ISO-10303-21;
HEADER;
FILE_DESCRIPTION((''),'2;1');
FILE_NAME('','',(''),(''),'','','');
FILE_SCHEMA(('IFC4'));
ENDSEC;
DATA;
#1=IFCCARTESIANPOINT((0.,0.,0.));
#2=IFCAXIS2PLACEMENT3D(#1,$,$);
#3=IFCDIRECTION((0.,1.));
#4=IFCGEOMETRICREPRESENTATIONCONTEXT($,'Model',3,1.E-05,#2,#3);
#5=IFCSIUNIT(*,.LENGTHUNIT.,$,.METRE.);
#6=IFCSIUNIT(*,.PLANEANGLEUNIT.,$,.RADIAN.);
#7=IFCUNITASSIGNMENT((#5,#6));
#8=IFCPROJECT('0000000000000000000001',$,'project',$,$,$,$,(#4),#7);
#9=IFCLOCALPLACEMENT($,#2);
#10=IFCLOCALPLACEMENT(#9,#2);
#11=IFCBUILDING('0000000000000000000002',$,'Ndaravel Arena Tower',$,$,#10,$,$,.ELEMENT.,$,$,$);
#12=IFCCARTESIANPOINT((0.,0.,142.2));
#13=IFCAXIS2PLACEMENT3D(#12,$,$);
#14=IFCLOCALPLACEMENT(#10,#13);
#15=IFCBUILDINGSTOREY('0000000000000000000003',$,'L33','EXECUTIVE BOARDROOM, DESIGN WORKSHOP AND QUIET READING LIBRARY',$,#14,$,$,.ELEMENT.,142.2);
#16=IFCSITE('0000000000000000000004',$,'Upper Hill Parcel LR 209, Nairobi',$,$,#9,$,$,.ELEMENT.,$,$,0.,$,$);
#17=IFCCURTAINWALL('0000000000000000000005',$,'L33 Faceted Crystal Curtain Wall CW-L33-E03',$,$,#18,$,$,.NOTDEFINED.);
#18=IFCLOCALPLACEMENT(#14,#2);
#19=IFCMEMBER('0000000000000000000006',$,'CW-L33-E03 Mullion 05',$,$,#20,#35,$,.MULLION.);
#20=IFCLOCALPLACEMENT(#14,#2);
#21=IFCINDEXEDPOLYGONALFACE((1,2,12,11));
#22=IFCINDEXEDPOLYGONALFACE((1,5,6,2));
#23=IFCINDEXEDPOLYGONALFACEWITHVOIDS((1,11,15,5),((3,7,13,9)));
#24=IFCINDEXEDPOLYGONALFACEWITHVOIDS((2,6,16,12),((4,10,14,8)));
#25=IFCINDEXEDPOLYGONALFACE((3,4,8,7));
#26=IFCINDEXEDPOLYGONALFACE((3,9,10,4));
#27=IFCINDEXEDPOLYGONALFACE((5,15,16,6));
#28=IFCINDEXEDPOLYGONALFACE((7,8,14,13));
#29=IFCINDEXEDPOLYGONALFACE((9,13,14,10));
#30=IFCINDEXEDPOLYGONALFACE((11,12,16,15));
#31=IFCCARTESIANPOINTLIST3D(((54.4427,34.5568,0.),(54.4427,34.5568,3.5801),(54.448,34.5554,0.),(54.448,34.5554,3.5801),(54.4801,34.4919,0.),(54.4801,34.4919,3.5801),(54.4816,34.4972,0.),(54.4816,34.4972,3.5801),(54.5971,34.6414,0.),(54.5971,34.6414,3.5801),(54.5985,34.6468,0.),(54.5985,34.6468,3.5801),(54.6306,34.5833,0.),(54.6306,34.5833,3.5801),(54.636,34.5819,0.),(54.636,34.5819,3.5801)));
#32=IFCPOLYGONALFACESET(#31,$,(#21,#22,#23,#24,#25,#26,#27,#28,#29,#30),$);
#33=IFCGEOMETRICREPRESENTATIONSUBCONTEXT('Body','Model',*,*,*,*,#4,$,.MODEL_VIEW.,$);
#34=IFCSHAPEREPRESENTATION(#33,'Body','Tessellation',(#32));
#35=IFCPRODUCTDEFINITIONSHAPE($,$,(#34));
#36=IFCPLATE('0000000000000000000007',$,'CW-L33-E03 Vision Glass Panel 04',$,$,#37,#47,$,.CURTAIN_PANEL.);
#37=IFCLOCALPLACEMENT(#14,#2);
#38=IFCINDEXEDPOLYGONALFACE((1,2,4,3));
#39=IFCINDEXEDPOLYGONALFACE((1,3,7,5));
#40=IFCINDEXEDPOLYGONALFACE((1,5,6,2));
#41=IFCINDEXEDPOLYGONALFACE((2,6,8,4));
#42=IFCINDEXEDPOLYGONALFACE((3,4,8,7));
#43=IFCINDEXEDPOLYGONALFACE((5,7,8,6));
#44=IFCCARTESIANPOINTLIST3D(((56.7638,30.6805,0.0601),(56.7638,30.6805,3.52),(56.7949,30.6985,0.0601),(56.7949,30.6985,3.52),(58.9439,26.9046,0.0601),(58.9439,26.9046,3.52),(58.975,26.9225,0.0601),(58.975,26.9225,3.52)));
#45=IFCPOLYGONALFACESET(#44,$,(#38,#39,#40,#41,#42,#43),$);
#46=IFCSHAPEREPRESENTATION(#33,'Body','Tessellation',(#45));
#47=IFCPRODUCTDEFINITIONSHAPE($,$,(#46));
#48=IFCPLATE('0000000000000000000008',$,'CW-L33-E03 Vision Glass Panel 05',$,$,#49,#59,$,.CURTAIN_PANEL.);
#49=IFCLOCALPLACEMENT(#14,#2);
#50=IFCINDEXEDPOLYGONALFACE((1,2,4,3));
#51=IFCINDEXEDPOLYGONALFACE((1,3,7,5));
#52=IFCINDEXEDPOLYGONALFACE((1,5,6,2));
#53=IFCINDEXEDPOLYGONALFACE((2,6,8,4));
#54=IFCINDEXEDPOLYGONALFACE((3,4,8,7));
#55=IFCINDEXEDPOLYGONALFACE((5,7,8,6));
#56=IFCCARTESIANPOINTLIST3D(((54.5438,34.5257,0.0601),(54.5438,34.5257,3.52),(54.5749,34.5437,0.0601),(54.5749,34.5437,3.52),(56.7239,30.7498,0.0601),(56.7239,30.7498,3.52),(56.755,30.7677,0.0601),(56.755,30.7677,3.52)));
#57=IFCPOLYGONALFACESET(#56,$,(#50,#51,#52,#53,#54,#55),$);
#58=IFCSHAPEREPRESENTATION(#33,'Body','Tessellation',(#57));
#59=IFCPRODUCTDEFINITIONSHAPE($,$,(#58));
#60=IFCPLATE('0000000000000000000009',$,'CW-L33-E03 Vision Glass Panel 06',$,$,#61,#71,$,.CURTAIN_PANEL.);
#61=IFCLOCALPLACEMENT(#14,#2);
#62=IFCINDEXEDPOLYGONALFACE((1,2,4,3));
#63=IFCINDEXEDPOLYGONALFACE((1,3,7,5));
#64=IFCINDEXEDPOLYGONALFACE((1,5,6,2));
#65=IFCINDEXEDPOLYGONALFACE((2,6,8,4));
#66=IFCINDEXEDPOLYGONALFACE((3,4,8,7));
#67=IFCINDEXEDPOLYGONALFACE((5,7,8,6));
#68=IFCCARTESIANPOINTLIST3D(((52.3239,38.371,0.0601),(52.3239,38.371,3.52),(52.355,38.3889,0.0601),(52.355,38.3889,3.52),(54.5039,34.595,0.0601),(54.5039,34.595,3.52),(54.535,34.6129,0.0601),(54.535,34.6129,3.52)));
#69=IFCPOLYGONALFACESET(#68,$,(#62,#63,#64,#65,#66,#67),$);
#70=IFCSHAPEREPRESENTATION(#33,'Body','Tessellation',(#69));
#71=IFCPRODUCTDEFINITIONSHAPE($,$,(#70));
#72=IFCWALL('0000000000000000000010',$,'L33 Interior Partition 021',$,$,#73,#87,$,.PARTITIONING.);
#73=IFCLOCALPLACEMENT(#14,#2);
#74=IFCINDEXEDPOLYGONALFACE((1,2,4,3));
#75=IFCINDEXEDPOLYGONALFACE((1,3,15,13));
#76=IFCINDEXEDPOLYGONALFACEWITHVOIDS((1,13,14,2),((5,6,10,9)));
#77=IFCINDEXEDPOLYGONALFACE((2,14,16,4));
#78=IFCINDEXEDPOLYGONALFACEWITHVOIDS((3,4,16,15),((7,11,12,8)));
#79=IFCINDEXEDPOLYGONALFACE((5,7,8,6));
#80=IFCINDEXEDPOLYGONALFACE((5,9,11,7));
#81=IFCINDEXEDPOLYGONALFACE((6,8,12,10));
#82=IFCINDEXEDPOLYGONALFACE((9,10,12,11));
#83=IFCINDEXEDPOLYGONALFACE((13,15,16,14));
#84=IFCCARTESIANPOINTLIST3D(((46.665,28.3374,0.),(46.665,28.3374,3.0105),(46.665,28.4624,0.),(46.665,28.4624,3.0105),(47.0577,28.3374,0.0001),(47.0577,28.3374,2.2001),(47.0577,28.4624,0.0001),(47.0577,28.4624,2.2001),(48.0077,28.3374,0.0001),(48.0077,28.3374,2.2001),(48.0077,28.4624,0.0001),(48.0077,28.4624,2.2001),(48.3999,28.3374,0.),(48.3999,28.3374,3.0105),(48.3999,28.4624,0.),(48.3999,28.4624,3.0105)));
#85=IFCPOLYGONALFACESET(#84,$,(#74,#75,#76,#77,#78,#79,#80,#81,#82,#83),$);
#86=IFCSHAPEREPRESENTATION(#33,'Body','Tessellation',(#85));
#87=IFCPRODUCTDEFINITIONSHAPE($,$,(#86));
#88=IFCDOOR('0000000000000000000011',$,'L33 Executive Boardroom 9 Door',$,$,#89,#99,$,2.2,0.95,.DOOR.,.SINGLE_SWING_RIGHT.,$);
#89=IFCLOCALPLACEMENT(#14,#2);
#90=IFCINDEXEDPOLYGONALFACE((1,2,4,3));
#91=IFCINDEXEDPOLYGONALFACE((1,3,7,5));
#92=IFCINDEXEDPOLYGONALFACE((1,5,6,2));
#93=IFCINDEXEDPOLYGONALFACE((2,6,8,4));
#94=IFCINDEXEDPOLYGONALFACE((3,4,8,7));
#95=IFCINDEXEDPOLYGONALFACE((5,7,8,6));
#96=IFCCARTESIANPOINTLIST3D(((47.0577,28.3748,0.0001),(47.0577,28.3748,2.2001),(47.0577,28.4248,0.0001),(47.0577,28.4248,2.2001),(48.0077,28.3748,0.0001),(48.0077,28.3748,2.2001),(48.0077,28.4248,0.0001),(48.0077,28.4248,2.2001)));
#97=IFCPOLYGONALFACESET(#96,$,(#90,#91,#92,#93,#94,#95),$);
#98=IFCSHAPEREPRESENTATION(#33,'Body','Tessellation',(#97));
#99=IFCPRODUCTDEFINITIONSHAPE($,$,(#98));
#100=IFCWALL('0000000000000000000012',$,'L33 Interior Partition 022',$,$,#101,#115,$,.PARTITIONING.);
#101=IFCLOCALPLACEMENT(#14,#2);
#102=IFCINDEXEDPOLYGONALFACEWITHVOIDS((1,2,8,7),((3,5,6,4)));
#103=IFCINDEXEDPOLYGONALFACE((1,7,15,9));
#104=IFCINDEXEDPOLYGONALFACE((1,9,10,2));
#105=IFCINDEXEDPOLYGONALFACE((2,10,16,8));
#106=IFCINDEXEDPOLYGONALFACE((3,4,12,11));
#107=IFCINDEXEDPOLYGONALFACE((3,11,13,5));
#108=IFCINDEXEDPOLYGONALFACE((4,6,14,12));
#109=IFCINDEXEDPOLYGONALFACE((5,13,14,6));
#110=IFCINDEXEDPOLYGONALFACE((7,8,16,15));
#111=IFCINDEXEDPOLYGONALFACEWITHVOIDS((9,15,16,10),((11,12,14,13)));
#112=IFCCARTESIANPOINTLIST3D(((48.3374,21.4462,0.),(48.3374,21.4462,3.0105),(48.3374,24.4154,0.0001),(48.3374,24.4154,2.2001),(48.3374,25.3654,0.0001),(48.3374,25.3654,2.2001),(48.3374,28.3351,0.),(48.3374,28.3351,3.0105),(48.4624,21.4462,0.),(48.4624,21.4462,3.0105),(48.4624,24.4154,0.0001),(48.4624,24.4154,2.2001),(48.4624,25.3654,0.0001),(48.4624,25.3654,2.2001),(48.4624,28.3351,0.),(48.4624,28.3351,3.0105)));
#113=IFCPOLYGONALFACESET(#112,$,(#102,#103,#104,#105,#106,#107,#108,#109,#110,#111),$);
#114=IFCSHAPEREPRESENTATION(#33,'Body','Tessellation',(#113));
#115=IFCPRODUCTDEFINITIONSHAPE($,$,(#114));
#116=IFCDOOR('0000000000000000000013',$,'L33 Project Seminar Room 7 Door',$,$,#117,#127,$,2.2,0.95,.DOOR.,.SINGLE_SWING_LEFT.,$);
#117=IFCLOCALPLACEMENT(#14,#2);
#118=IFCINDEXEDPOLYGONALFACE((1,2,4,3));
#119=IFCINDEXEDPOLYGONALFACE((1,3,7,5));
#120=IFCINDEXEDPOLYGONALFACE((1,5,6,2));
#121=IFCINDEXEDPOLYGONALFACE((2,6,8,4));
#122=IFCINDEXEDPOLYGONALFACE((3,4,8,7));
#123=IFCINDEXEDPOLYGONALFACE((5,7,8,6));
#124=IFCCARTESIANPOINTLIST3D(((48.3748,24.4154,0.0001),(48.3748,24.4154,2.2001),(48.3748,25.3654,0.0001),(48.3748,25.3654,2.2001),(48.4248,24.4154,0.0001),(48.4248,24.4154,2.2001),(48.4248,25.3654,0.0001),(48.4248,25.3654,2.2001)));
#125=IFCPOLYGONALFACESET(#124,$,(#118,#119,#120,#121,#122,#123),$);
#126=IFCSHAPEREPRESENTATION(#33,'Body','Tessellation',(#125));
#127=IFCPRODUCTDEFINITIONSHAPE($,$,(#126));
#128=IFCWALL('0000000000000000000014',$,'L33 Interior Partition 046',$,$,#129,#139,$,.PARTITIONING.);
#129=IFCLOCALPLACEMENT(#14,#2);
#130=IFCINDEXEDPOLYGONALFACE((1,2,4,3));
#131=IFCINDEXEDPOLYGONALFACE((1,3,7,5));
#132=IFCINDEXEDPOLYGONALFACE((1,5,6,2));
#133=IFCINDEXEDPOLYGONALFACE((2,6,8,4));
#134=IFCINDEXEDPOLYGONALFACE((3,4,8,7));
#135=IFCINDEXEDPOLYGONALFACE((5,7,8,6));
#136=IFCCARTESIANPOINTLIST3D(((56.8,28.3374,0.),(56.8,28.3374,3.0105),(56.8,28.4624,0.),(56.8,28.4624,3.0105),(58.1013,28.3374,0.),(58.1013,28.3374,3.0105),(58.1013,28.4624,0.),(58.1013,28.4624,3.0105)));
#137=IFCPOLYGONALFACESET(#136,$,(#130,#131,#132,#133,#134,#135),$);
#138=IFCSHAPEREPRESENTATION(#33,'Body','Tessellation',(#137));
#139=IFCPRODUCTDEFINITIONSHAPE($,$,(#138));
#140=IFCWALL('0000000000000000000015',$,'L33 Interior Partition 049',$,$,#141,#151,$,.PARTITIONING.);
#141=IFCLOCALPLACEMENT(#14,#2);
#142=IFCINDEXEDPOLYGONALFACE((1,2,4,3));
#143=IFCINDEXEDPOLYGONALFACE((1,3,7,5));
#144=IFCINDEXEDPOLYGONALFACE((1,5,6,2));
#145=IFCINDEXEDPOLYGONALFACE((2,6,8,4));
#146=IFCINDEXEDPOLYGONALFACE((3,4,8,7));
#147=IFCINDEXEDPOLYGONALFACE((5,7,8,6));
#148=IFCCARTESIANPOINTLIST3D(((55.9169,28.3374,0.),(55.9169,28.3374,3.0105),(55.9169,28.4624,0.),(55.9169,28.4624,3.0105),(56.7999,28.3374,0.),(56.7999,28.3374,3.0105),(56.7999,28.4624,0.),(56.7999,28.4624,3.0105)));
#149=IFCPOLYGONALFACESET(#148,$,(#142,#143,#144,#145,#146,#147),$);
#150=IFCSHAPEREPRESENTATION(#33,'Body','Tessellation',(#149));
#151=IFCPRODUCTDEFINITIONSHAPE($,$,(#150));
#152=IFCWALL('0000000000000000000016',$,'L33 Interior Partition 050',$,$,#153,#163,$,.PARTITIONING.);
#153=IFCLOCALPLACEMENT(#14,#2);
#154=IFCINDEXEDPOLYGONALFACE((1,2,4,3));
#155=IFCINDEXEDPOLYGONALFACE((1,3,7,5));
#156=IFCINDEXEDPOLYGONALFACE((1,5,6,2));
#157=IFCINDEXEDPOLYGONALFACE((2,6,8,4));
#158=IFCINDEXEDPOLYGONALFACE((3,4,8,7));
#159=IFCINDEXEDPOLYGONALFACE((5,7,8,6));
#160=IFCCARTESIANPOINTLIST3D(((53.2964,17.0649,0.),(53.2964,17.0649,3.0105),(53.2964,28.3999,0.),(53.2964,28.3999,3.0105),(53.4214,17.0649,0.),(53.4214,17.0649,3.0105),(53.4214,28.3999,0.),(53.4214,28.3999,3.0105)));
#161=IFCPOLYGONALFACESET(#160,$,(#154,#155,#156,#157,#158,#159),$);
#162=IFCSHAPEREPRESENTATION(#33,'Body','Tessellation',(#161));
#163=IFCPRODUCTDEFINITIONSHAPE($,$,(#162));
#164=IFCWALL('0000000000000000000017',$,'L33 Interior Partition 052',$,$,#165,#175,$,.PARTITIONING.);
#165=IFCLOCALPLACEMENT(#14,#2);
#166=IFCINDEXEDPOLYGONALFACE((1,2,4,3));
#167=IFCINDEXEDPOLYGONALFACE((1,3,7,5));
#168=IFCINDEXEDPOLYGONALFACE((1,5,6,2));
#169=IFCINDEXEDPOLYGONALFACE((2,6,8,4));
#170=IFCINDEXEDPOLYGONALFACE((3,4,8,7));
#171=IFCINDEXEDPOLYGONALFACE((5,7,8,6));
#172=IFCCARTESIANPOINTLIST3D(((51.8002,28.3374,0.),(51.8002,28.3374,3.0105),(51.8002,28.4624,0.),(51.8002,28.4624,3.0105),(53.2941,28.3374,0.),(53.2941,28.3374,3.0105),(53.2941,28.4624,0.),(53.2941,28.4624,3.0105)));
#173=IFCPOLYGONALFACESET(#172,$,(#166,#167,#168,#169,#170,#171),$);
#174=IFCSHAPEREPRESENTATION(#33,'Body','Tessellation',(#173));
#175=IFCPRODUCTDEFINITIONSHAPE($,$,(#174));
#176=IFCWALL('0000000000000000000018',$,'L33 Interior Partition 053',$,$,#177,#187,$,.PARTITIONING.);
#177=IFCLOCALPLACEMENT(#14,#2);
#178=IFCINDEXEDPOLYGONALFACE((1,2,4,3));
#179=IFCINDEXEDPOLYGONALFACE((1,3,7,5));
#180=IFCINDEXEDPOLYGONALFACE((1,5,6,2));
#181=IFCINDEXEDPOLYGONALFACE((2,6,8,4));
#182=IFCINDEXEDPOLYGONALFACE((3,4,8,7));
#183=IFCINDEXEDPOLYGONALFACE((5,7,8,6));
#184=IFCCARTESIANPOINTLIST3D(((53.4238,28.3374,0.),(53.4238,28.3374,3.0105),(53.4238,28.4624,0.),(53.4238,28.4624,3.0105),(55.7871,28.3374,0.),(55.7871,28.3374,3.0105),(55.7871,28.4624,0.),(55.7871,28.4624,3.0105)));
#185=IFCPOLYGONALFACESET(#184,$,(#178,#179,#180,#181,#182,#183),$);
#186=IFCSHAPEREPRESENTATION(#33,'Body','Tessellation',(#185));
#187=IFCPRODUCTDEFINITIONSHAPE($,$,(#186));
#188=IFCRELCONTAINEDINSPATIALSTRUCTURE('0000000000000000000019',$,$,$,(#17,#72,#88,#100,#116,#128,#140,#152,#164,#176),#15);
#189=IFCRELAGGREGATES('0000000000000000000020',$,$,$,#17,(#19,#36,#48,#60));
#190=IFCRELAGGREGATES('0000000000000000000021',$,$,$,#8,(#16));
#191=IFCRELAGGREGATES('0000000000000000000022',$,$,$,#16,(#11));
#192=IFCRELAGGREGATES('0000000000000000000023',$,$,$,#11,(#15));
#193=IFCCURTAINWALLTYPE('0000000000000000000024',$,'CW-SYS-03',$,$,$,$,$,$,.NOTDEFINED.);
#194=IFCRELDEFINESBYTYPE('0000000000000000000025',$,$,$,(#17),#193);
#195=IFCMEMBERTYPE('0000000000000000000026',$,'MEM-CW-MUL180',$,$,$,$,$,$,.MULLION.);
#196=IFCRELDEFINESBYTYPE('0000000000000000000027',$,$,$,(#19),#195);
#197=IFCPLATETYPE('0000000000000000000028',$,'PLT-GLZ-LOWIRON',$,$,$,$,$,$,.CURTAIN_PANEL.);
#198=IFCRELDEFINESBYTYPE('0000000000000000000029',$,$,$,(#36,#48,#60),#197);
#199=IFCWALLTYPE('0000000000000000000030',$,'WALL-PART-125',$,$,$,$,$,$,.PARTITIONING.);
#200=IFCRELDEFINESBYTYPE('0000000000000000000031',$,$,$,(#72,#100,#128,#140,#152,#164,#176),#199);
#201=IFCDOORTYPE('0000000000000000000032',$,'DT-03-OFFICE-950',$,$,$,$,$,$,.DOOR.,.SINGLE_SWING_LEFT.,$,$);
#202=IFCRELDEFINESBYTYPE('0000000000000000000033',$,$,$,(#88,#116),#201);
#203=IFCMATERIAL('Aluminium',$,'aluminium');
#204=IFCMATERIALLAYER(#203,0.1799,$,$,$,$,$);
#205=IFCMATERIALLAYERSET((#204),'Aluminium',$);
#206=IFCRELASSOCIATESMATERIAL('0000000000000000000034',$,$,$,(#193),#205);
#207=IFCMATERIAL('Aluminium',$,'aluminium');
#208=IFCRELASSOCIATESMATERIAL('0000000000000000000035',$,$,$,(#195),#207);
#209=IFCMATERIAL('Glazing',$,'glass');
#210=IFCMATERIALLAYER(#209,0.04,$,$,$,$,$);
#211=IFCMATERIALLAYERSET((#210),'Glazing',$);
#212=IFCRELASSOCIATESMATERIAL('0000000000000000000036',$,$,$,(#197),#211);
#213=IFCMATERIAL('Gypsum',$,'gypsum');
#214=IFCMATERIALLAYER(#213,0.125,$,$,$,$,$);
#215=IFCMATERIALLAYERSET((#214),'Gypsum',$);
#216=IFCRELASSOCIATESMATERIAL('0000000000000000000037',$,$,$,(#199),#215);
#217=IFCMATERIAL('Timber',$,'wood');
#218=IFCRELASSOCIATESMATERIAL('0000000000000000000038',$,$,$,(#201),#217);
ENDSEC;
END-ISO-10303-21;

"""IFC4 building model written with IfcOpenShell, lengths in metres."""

from ifc_helpers import new_model, si_unit, direction, frame, frame_2d, origin, origin_2d, place, context, subcontext, project, spatial, rectangle, hollow_rectangle, extrude, material, layer, layer_set, material_profile, profile_set, type_object, element, fill, aggregate, save


model = new_model("IFC4")

# Units and contexts
model_context = context("Model", 3, precision=1e-05, world=origin(), true_north=direction((0.0, 1.0)))
body_context = subcontext(model_context, "Body", "Model", "MODEL_VIEW")
ifc_project = project(units=[si_unit("LENGTHUNIT", "METRE"), si_unit("PLANEANGLEUNIT", "RADIAN")], contexts=[model_context])

# Site, building, storey
site_placement = place(None, origin())
site = spatial("IfcSite", under=ifc_project, at=site_placement, Name="Upper Hill Parcel LR 209, Nairobi", CompositionType="ELEMENT", RefElevation=0.0)
building_placement = place(site_placement, origin())
building = spatial("IfcBuilding", under=site, at=building_placement, Name="Ndaravel Arena Tower", CompositionType="ELEMENT")
storey_placement = place(building_placement, frame((0.0, 0.0, 142.2)))
storey = spatial("IfcBuildingStorey", under=building, at=storey_placement, Name="L33", Description="EXECUTIVE BOARDROOM, DESIGN WORKSHOP AND QUIET READING LIBRARY", CompositionType="ELEMENT", Elevation=142.2)

# Curtain wall, member, plates
ifc_material_1 = material(Name="Aluminium", Category="aluminium")
ifc_layer_1 = layer(ifc_material_1, 0.1799)
ifc_layer_set_1 = layer_set([ifc_layer_1], Name="Aluminium")
curtain_wall_type = type_object("IfcCurtainWallType", Name="CW-SYS-03", PredefinedType="NOTDEFINED", material=ifc_layer_set_1)
curtain_wall_placement = place(storey_placement, origin())
curtain_wall = element("IfcCurtainWall", 1, at=curtain_wall_placement, inside=storey, type_object=curtain_wall_type, Name="L33 Faceted Crystal Curtain Wall CW-L33-E03", PredefinedType="NOTDEFINED")
ifc_material_2 = material(Name="Aluminium", Category="aluminium")
ifc_material_profile_1 = material_profile(ifc_material_2, hollow_rectangle(XDim=0.075, YDim=0.1799, WallThickness=0.0039, at=origin_2d()), Name="CW MULLION 75x180x4")
ifc_profile_set_1 = profile_set([ifc_material_profile_1], Name="Aluminium")
member_type = type_object("IfcMemberType", Name="MEM-CW-MUL180", PredefinedType="MULLION", material=ifc_profile_set_1)
member_1_placement = place(storey_placement, frame((54.5393, 34.5693, 0.0), z_axis=(0.0, 0.0, 1.0), x_axis=(-0.5, 0.866025, 0.0)))
member_1 = element("IfcMember", 2, at=member_1_placement, type_object=member_type, Name="CW-L33-E03 Mullion 05", PredefinedType="MULLION", context=body_context, shape_type="SweptSolid", body=[
    extrude(hollow_rectangle(XDim=0.075, YDim=0.1799, WallThickness=0.0039, at=origin_2d()), origin(), (0.0, 0.0, 1.0), 3.5801),
])
ifc_material_3 = material(Name="Glazing", Category="glass")
ifc_layer_2 = layer(ifc_material_3, 0.04)
ifc_layer_set_2 = layer_set([ifc_layer_2], Name="Glazing")
plate_type = type_object("IfcPlateType", Name="PLT-GLZ-LOWIRON", PredefinedType="CURTAIN_PANEL", material=ifc_layer_set_2)
plate_1_placement = place(storey_placement, frame((57.8694, 28.8015, 0.0601), z_axis=(0.0, 0.0, 1.0), x_axis=(-0.5, 0.866025, 0.0)))
plate_1 = element("IfcPlate", 3, at=plate_1_placement, type_object=plate_type, Name="CW-L33-E03 Vision Glass Panel 04", PredefinedType="CURTAIN_PANEL", context=body_context, shape_type="SweptSolid", body=[
    extrude(rectangle(XDim=4.3601, YDim=0.0359, at=origin_2d()), origin(), (0.0, 0.0, 1.0), 3.46),
])
plate_2_placement = place(storey_placement, frame((55.6494, 32.6467, 0.0601), z_axis=(0.0, 0.0, 1.0), x_axis=(-0.5, 0.866025, 0.0)))
plate_2 = element("IfcPlate", 4, at=plate_2_placement, type_object=plate_type, Name="CW-L33-E03 Vision Glass Panel 05", PredefinedType="CURTAIN_PANEL", context=body_context, shape_type="SweptSolid", body=[
    extrude(rectangle(XDim=4.3601, YDim=0.0359, at=origin_2d()), origin(), (0.0, 0.0, 1.0), 3.46),
])
plate_3_placement = place(storey_placement, frame((53.4294, 36.4919, 0.0601), z_axis=(0.0, 0.0, 1.0), x_axis=(-0.5, 0.866025, 0.0)))
plate_3 = element("IfcPlate", 5, at=plate_3_placement, type_object=plate_type, Name="CW-L33-E03 Vision Glass Panel 06", PredefinedType="CURTAIN_PANEL", context=body_context, shape_type="SweptSolid", body=[
    extrude(rectangle(XDim=4.3601, YDim=0.0359, at=origin_2d()), origin(), (0.0, 0.0, 1.0), 3.46),
])
aggregate(curtain_wall, [member_1, plate_1, plate_2, plate_3])

# Walls, openings, doors
ifc_material_4 = material(Name="Gypsum", Category="gypsum")
ifc_layer_3 = layer(ifc_material_4, 0.125)
ifc_layer_set_3 = layer_set([ifc_layer_3], Name="Gypsum")
wall_type_1 = type_object("IfcWallType", Name="WALL-PART-125", PredefinedType="PARTITIONING", material=ifc_layer_set_3)
wall_1_placement = place(storey_placement, frame((46.665, 28.3999, 0.0), z_axis=(0.0, 0.0, 1.0), x_axis=(1.0, 0.0, 0.0)))
wall_1 = element("IfcWall", 6, at=wall_1_placement, inside=storey, type_object=wall_type_1, Name="L33 Interior Partition 021", PredefinedType="PARTITIONING", context=body_context, shape_type="SweptSolid", body=[
    extrude(rectangle(XDim=1.7349, YDim=0.125, at=frame_2d((0.8674, 0.0))), origin(), (0.0, 0.0, 1.0), 3.0105),
])
opening_1_placement = place(wall_1_placement, frame((0.3926, 0.0, 0.0)))
opening_1 = element("IfcOpeningElement", 7, at=opening_1_placement, cuts=wall_1, PredefinedType="OPENING", context=body_context, shape_type="SweptSolid", body=[
    extrude(rectangle(XDim=0.95, YDim=2.2, at=frame_2d((0.4751, 1.1001))), frame((0.0, 0.0625, 0.0), z_axis=(0.0, -1.0, 0.0), x_axis=(1.0, 0.0, 0.0)), (0.0, 0.0, 1.0), 0.125),
])
ifc_material_5 = material(Name="Timber", Category="wood")
door_type = type_object("IfcDoorType", Name="DT-03-OFFICE-950", OperationType="SINGLE_SWING_LEFT", PredefinedType="DOOR", material=ifc_material_5)
door_1_placement = place(opening_1_placement, origin())
door_1 = element("IfcDoor", 8, at=door_1_placement, inside=storey, type_object=door_type, Name="L33 Executive Boardroom 9 Door", OperationType="SINGLE_SWING_RIGHT", OverallHeight=2.2, OverallWidth=0.95, PredefinedType="DOOR", context=body_context, shape_type="SweptSolid", body=[
    extrude(rectangle(XDim=0.95, YDim=2.2, at=frame_2d((0.4751, 1.1001))), frame((0.0, 0.0249, 0.0), z_axis=(0.0, -1.0, 0.0), x_axis=(1.0, 0.0, 0.0)), (0.0, 0.0, 1.0), 0.05),
])
fill(opening_1, door_1)
wall_2_placement = place(storey_placement, frame((48.3999, 28.335, 0.0), z_axis=(0.0, 0.0, 1.0), x_axis=(0.0, -1.0, 0.0)))
wall_2 = element("IfcWall", 9, at=wall_2_placement, inside=storey, type_object=wall_type_1, Name="L33 Interior Partition 022", PredefinedType="PARTITIONING", context=body_context, shape_type="SweptSolid", body=[
    extrude(rectangle(XDim=6.8889, YDim=0.125, at=frame_2d((3.4443, 0.0))), origin(), (0.0, 0.0, 1.0), 3.0105),
])
opening_2_placement = place(wall_2_placement, frame((2.9695, 0.0, 0.0)))
opening_2 = element("IfcOpeningElement", 10, at=opening_2_placement, cuts=wall_2, PredefinedType="OPENING", context=body_context, shape_type="SweptSolid", body=[
    extrude(rectangle(XDim=0.95, YDim=2.2, at=frame_2d((0.4751, 1.1001))), frame((0.0, 0.0625, 0.0), z_axis=(0.0, -1.0, 0.0), x_axis=(1.0, 0.0, 0.0)), (0.0, 0.0, 1.0), 0.125),
])
door_2_placement = place(opening_2_placement, origin())
door_2 = element("IfcDoor", 11, at=door_2_placement, inside=storey, type_object=door_type, Name="L33 Project Seminar Room 7 Door", OperationType="SINGLE_SWING_LEFT", OverallHeight=2.2, OverallWidth=0.95, PredefinedType="DOOR", context=body_context, shape_type="SweptSolid", body=[
    extrude(rectangle(XDim=0.95, YDim=2.2, at=frame_2d((0.4751, 1.1001))), frame((0.0, 0.0249, 0.0), z_axis=(0.0, -1.0, 0.0), x_axis=(1.0, 0.0, 0.0)), (0.0, 0.0, 1.0), 0.05),
])
fill(opening_2, door_2)

# Walls
wall_3_placement = place(storey_placement, frame((56.8, 28.3999, 0.0), z_axis=(0.0, 0.0, 1.0), x_axis=(1.0, 0.0, 0.0)))
element("IfcWall", 12, at=wall_3_placement, inside=storey, type_object=wall_type_1, Name="L33 Interior Partition 046", PredefinedType="PARTITIONING", context=body_context, shape_type="SweptSolid", body=[
    extrude(rectangle(XDim=1.3013, YDim=0.125, at=frame_2d((0.6506, 0.0))), origin(), (0.0, 0.0, 1.0), 3.0105),
])
wall_4_placement = place(storey_placement, frame((55.917, 28.3999, 0.0), z_axis=(0.0, 0.0, 1.0), x_axis=(1.0, 0.0, 0.0)))
element("IfcWall", 13, at=wall_4_placement, inside=storey, type_object=wall_type_1, Name="L33 Interior Partition 049", PredefinedType="PARTITIONING", context=body_context, shape_type="SweptSolid", body=[
    extrude(rectangle(XDim=0.8831, YDim=0.125, at=frame_2d((0.4414, 0.0))), origin(), (0.0, 0.0, 1.0), 3.0105),
])
wall_5_placement = place(storey_placement, frame((53.3589, 28.3999, 0.0), z_axis=(0.0, 0.0, 1.0), x_axis=(0.0, -1.0, 0.0)))
element("IfcWall", 14, at=wall_5_placement, inside=storey, type_object=wall_type_1, Name="L33 Interior Partition 050", PredefinedType="PARTITIONING", context=body_context, shape_type="SweptSolid", body=[
    extrude(rectangle(XDim=11.335, YDim=0.125, at=frame_2d((5.6675, 0.0))), origin(), (0.0, 0.0, 1.0), 3.0105),
])
wall_6_placement = place(storey_placement, frame((51.8, 28.3999, 0.0), z_axis=(0.0, 0.0, 1.0), x_axis=(1.0, 0.0, 0.0)))
element("IfcWall", 15, at=wall_6_placement, inside=storey, type_object=wall_type_1, Name="L33 Interior Partition 052", PredefinedType="PARTITIONING", context=body_context, shape_type="SweptSolid", body=[
    extrude(rectangle(XDim=1.4939, YDim=0.125, at=frame_2d((0.7471, 0.0))), origin(), (0.0, 0.0, 1.0), 3.0105),
])
wall_7_placement = place(storey_placement, frame((53.4238, 28.3999, 0.0), z_axis=(0.0, 0.0, 1.0), x_axis=(1.0, 0.0, 0.0)))
element("IfcWall", 16, at=wall_7_placement, inside=storey, type_object=wall_type_1, Name="L33 Interior Partition 053", PredefinedType="PARTITIONING", context=body_context, shape_type="SweptSolid", body=[
    extrude(rectangle(XDim=2.3633, YDim=0.125, at=frame_2d((1.1816, 0.0))), origin(), (0.0, 0.0, 1.0), 3.0105),
])

save(model, "model.ifc")
